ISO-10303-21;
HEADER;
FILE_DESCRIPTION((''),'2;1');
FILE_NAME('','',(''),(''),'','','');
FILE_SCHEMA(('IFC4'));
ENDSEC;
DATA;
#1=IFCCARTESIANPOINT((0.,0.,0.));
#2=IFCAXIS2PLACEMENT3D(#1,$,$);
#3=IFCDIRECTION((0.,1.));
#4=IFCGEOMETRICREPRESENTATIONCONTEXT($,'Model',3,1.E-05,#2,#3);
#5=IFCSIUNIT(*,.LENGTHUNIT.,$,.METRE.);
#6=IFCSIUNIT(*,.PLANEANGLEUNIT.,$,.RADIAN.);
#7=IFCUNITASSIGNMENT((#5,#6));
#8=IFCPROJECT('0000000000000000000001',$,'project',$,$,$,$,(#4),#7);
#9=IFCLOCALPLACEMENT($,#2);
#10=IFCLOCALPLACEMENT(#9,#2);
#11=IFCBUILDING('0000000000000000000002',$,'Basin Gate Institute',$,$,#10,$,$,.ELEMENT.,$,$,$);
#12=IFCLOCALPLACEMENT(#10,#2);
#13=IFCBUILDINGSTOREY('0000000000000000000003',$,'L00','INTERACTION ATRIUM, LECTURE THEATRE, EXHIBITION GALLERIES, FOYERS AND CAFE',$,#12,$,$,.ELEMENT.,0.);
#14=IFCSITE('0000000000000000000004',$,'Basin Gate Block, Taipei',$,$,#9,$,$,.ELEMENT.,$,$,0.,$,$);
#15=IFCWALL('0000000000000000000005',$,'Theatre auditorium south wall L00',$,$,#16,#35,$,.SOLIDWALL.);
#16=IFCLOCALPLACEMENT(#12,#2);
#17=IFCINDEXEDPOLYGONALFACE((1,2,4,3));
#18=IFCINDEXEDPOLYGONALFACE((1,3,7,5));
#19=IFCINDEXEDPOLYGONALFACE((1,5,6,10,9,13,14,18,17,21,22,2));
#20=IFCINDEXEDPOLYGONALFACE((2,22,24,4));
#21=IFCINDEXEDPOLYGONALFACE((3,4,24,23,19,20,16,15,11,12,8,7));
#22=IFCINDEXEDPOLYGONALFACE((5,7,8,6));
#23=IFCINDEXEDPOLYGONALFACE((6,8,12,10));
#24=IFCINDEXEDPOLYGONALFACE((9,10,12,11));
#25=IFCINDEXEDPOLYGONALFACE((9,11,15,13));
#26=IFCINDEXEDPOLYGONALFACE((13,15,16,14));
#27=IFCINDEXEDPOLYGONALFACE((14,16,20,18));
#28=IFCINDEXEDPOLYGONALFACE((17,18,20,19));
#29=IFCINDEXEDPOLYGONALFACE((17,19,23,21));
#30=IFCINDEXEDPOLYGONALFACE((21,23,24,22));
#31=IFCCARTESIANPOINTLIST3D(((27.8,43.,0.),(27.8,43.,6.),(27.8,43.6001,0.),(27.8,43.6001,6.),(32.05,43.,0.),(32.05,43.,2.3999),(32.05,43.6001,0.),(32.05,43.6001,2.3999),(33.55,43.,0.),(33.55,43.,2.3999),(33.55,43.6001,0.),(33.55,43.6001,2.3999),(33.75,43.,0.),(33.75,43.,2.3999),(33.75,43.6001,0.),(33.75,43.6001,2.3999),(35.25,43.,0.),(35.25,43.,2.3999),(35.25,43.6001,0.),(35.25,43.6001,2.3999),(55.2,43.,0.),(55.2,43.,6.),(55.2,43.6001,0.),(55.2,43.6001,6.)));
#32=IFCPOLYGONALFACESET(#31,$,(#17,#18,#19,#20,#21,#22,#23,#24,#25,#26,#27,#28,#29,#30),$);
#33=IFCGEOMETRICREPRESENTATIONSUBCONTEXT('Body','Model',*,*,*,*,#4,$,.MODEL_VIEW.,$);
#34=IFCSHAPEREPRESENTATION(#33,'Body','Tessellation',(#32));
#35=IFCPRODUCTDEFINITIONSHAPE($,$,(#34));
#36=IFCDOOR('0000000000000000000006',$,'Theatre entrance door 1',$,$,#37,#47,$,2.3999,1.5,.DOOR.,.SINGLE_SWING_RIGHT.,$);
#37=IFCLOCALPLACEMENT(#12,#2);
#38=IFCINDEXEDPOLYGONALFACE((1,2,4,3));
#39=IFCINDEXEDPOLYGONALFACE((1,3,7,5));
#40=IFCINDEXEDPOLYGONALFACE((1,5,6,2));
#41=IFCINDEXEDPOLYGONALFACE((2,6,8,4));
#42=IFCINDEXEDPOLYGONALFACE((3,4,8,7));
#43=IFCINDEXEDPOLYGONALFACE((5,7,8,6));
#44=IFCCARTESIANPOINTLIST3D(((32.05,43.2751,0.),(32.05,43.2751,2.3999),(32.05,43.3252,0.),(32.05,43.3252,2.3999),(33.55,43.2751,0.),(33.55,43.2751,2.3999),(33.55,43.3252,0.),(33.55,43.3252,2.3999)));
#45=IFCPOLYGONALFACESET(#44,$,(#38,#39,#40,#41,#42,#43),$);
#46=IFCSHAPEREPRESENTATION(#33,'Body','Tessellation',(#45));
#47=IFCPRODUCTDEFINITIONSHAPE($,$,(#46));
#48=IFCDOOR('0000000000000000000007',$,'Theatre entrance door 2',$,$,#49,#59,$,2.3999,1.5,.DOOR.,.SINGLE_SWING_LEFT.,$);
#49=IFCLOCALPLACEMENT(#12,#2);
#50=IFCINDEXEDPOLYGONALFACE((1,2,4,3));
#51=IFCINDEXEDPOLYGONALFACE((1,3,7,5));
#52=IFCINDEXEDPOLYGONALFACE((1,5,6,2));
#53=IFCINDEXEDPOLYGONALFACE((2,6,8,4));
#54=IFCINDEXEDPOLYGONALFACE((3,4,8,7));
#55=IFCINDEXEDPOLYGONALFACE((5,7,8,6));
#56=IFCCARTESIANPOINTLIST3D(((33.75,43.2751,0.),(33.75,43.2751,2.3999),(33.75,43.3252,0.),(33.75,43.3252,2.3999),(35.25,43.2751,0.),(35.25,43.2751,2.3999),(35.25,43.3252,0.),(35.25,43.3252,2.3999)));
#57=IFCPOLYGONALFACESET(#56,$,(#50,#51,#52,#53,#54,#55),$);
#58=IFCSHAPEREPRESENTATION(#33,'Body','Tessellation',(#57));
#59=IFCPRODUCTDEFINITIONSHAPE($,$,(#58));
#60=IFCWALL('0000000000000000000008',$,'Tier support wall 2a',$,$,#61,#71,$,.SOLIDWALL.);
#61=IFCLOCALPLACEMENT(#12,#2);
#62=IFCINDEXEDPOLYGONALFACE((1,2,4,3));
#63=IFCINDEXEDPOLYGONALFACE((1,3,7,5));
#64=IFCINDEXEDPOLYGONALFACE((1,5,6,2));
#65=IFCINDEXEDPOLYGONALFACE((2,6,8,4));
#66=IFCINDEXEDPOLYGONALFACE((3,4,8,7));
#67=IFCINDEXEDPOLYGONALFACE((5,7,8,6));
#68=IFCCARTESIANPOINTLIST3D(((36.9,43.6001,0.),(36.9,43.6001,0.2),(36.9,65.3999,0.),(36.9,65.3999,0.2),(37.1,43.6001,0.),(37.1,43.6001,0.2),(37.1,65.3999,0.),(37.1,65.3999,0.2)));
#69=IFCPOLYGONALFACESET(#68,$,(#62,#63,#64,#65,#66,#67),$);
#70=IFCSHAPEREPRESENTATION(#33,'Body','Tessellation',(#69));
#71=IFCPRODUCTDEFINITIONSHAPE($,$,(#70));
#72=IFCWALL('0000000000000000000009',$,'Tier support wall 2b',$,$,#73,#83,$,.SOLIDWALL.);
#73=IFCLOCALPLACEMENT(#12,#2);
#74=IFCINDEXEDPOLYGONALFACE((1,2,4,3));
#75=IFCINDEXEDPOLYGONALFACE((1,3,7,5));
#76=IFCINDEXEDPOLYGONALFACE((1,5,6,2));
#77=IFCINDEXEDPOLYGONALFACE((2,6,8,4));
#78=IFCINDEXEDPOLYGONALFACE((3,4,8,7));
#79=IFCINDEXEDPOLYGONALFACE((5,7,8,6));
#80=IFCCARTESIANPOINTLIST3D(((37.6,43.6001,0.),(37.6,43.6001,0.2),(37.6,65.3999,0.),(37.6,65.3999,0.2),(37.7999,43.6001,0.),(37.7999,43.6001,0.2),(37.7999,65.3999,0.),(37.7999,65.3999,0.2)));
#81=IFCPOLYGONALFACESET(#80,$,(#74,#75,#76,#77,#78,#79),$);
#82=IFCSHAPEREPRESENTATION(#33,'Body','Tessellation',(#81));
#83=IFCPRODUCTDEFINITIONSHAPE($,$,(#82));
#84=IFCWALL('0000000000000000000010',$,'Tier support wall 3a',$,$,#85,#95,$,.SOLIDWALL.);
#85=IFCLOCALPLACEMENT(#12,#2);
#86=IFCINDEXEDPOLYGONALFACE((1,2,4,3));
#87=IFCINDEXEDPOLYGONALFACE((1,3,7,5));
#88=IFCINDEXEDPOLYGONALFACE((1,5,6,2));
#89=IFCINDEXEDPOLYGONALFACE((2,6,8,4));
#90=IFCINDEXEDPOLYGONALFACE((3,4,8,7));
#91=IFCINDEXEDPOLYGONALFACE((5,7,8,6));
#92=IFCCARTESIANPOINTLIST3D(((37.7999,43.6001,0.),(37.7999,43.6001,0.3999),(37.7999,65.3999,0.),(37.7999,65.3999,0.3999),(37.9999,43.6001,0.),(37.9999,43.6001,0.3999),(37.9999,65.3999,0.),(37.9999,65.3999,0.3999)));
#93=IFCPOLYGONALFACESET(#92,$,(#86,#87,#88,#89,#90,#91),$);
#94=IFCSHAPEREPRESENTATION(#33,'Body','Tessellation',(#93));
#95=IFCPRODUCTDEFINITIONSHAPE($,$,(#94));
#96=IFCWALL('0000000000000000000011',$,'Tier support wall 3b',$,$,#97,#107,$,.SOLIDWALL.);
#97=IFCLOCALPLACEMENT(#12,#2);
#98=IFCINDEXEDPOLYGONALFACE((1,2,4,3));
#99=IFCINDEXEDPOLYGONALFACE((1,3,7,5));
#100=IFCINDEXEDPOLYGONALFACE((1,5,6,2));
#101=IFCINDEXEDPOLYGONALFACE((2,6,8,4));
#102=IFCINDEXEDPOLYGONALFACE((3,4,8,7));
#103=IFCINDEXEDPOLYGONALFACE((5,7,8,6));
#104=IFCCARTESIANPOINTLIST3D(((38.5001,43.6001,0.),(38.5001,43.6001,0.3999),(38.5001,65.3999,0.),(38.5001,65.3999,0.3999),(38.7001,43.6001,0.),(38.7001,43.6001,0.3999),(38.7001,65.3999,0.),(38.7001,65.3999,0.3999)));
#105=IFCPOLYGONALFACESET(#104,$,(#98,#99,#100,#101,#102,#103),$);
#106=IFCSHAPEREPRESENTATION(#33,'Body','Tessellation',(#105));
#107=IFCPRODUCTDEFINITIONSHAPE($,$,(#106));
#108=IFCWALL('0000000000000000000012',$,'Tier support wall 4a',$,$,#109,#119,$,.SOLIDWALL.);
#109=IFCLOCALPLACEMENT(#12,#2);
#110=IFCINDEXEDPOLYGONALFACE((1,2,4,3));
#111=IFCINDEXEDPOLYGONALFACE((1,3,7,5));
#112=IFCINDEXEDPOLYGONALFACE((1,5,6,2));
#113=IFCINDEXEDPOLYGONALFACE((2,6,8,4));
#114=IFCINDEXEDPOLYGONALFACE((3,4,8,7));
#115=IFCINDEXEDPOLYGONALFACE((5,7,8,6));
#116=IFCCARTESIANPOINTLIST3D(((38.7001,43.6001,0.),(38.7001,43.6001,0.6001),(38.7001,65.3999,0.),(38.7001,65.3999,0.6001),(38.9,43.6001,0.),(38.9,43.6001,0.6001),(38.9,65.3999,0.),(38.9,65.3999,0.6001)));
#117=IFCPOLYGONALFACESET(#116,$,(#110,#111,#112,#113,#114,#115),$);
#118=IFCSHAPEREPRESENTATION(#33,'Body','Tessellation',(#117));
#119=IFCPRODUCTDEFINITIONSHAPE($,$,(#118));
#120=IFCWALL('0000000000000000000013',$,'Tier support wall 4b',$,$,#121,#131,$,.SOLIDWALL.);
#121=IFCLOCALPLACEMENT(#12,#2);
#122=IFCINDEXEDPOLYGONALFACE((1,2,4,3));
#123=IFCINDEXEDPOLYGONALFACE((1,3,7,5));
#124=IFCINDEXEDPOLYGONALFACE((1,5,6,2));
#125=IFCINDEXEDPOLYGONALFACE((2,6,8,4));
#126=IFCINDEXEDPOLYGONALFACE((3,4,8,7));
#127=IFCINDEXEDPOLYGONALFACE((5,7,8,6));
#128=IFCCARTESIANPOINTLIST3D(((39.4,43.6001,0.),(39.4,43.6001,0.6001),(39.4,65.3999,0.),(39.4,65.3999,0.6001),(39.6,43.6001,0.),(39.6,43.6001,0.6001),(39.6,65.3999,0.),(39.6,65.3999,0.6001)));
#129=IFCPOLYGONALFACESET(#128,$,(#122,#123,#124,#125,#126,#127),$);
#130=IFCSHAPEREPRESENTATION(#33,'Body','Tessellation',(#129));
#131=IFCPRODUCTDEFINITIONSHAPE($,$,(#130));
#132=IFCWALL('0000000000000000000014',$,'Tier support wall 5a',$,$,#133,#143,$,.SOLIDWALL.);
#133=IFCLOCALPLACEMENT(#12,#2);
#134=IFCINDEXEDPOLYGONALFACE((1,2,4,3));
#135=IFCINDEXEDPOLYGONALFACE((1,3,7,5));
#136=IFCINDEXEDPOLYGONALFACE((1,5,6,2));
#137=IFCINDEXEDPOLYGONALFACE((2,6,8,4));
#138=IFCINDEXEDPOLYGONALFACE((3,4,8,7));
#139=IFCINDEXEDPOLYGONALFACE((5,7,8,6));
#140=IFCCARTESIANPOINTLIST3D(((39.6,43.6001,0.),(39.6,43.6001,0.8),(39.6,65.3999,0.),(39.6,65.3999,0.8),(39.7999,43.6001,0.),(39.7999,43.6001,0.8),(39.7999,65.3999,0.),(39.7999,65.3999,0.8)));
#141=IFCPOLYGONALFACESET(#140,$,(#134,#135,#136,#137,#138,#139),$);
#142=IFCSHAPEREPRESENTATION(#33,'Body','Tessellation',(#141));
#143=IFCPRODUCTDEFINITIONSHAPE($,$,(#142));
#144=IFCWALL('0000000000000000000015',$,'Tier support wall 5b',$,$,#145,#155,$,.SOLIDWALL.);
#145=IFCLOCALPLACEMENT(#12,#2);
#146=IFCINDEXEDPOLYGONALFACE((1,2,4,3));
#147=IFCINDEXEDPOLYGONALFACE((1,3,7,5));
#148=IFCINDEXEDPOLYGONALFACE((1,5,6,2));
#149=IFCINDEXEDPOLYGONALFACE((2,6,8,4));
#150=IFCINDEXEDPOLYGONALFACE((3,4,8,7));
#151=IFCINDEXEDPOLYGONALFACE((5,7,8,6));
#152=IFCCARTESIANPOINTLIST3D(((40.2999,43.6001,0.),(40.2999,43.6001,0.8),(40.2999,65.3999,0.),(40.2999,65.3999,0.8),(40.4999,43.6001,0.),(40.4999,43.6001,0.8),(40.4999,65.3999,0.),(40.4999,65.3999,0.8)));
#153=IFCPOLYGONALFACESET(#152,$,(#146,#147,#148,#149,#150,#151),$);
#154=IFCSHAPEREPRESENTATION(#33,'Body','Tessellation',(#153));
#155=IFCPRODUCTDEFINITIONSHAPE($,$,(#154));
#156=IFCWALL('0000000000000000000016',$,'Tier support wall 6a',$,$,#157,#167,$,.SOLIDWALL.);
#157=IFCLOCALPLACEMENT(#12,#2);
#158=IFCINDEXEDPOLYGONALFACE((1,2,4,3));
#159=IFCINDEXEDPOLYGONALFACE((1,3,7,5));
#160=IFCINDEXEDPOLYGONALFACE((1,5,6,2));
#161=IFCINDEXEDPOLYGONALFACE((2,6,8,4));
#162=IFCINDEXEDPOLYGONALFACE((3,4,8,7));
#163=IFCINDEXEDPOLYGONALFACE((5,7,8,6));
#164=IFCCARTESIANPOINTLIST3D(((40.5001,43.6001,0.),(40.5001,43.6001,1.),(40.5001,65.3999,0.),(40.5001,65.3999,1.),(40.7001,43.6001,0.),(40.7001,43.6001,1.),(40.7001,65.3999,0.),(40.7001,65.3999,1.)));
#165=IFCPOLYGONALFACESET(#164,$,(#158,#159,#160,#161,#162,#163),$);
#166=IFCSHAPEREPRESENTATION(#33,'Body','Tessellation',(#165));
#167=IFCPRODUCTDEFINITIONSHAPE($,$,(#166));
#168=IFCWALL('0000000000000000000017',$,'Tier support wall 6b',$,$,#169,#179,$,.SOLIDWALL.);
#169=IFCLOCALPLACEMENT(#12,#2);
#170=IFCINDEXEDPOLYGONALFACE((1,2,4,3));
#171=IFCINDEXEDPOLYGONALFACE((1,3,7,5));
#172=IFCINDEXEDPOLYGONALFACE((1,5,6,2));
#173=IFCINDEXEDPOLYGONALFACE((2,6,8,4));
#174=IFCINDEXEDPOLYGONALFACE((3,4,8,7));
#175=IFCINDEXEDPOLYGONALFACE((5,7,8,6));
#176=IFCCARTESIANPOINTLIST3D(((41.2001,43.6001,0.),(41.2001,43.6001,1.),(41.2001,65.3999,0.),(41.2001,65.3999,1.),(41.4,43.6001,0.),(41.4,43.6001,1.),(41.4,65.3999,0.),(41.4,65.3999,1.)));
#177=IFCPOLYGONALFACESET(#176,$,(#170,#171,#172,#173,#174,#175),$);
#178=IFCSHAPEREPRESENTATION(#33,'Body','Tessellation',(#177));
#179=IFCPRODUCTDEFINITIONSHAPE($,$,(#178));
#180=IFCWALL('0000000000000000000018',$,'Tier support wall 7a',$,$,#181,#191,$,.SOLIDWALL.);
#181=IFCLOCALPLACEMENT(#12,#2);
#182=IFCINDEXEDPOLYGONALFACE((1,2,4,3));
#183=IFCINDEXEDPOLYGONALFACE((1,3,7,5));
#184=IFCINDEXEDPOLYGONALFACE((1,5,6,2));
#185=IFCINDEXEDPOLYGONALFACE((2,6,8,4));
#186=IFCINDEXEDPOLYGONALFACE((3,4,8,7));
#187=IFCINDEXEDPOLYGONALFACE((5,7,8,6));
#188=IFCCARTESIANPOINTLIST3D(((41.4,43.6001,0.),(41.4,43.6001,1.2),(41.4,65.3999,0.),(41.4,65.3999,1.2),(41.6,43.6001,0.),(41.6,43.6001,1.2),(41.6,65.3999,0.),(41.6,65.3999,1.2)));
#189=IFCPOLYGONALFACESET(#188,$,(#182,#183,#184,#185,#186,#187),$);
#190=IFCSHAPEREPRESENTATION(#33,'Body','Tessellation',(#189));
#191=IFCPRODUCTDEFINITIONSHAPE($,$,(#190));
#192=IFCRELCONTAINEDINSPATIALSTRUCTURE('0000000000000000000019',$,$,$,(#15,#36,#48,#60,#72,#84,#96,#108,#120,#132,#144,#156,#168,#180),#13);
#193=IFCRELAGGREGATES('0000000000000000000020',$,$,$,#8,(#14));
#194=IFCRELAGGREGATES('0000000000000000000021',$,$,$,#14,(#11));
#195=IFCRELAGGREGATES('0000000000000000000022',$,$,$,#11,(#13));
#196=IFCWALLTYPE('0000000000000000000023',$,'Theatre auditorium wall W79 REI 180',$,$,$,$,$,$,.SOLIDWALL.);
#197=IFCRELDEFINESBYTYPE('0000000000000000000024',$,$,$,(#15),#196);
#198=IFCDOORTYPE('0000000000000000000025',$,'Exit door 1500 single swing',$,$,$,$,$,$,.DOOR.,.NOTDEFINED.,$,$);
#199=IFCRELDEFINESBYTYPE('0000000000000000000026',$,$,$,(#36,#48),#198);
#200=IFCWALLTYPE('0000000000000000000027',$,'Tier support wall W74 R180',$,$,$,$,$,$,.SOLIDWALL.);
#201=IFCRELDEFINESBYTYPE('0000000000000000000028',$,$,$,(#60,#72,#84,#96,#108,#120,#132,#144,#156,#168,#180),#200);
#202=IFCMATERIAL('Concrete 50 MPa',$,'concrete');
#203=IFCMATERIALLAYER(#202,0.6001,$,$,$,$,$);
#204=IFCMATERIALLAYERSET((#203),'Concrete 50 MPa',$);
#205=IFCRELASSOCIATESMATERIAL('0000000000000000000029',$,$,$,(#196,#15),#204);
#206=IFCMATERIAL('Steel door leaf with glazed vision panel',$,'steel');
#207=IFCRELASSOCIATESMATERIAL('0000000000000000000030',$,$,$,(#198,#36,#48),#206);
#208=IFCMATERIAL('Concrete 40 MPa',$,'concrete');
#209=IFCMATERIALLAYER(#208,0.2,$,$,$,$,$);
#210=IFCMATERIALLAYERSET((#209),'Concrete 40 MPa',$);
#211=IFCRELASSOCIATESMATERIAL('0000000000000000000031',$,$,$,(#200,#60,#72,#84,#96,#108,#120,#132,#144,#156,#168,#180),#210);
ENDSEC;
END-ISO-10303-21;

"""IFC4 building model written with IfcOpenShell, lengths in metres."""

from ifc_helpers import new_model, si_unit, direction, frame, frame_2d, origin, place, context, subcontext, project, spatial, rectangle, extrude, material, layer, layer_set, type_object, element, fill, save


model = new_model("IFC4")

# Units and contexts
model_context = context("Model", 3, precision=1e-05, world=origin(), true_north=direction((0.0, 1.0)))
body_context = subcontext(model_context, "Body", "Model", "MODEL_VIEW")
ifc_project = project(units=[si_unit("LENGTHUNIT", "METRE"), si_unit("PLANEANGLEUNIT", "RADIAN")], contexts=[model_context])

# Site, building, storey
site_placement = place(None, origin())
site = spatial("IfcSite", under=ifc_project, at=site_placement, Name="Basin Gate Block, Taipei", CompositionType="ELEMENT", RefElevation=0.0)
building_placement = place(site_placement, origin())
building = spatial("IfcBuilding", under=site, at=building_placement, Name="Basin Gate Institute", CompositionType="ELEMENT")
storey_placement = place(building_placement, origin())
storey = spatial("IfcBuildingStorey", under=building, at=storey_placement, Name="L00", Description="INTERACTION ATRIUM, LECTURE THEATRE, EXHIBITION GALLERIES, FOYERS AND CAFE", CompositionType="ELEMENT", Elevation=0.0)

# Wall, openings, doors
ifc_material_1 = material(Name="Concrete 50 MPa", Category="concrete")
ifc_layer_1 = layer(ifc_material_1, 0.6001)
ifc_layer_set_1 = layer_set([ifc_layer_1], Name="Concrete 50 MPa")
wall_type_1 = type_object("IfcWallType", Name="Theatre auditorium wall W79 REI 180", PredefinedType="SOLIDWALL", material=ifc_layer_set_1)
wall_1_placement = place(storey_placement, frame((27.8, 43.3, 0.0), z_axis=(0.0, 0.0, 1.0), x_axis=(1.0, 0.0, 0.0)))
wall_1 = element("IfcWall", 1, at=wall_1_placement, inside=storey, type_object=wall_type_1, material=ifc_layer_set_1, Name="Theatre auditorium south wall L00", PredefinedType="SOLIDWALL", context=body_context, shape_type="SweptSolid", body=[
    extrude(rectangle(XDim=27.3999, YDim=0.6001, at=frame_2d((13.7, 0.0))), origin(), (0.0, 0.0, 1.0), 6.0),
])
opening_1_placement = place(wall_1_placement, frame((4.25, 0.0, 0.0)))
opening_1 = element("IfcOpeningElement", 2, at=opening_1_placement, cuts=wall_1, PredefinedType="OPENING", context=body_context, shape_type="SweptSolid", body=[
    extrude(rectangle(XDim=1.5, YDim=2.3999, at=frame_2d((0.75, 1.2))), frame((0.0, 0.3101, 0.0), z_axis=(0.0, -1.0, 0.0), x_axis=(1.0, 0.0, 0.0)), (0.0, 0.0, 1.0), 0.6201),
])
opening_2_placement = place(wall_1_placement, frame((5.95, 0.0, 0.0)))
opening_2 = element("IfcOpeningElement", 3, at=opening_2_placement, cuts=wall_1, PredefinedType="OPENING", context=body_context, shape_type="SweptSolid", body=[
    extrude(rectangle(XDim=1.5, YDim=2.3999, at=frame_2d((0.75, 1.2))), frame((0.0, 0.3101, 0.0), z_axis=(0.0, -1.0, 0.0), x_axis=(1.0, 0.0, 0.0)), (0.0, 0.0, 1.0), 0.6201),
])
ifc_material_2 = material(Name="Steel door leaf with glazed vision panel", Category="steel")
door_type_1 = type_object("IfcDoorType", Name="Exit door 1500 single swing", OperationType="NOTDEFINED", PredefinedType="DOOR", material=ifc_material_2)
door_1_placement = place(opening_1_placement, frame((1.5, 0.0, 0.0), z_axis=(0.0, 0.0, 1.0), x_axis=(-1.0, 0.0, 0.0)))
door_1 = element("IfcDoor", 4, at=door_1_placement, inside=storey, type_object=door_type_1, material=ifc_material_2, Name="Theatre entrance door 1", OperationType="SINGLE_SWING_RIGHT", OverallHeight=2.3999, OverallWidth=1.5, PredefinedType="DOOR", context=body_context, shape_type="SweptSolid", body=[
    extrude(rectangle(XDim=1.5, YDim=2.3999, at=frame_2d((0.75, 1.2))), frame((0.0, 0.0249, 0.0), z_axis=(0.0, -1.0, 0.0), x_axis=(1.0, 0.0, 0.0)), (0.0, 0.0, 1.0), 0.05),
])
fill(opening_1, door_1)
door_2_placement = place(opening_2_placement, frame((1.5, 0.0, 0.0), z_axis=(0.0, 0.0, 1.0), x_axis=(-1.0, 0.0, 0.0)))
door_2 = element("IfcDoor", 5, at=door_2_placement, inside=storey, type_object=door_type_1, material=ifc_material_2, Name="Theatre entrance door 2", OperationType="SINGLE_SWING_LEFT", OverallHeight=2.3999, OverallWidth=1.5, PredefinedType="DOOR", context=body_context, shape_type="SweptSolid", body=[
    extrude(rectangle(XDim=1.5, YDim=2.3999, at=frame_2d((0.75, 1.2))), frame((0.0, 0.0249, 0.0), z_axis=(0.0, -1.0, 0.0), x_axis=(1.0, 0.0, 0.0)), (0.0, 0.0, 1.0), 0.05),
])
fill(opening_2, door_2)

# Walls
ifc_material_3 = material(Name="Concrete 40 MPa", Category="concrete")
ifc_layer_2 = layer(ifc_material_3, 0.2)
ifc_layer_set_2 = layer_set([ifc_layer_2], Name="Concrete 40 MPa")
wall_type_2 = type_object("IfcWallType", Name="Tier support wall W74 R180", PredefinedType="SOLIDWALL", material=ifc_layer_set_2)
for number, where, z_axis, x_axis, name in (
    (6, (37.0, 43.6001, 0.0), (0.0, 0.0, 1.0), (0.0, 1.0, 0.0), "Tier support wall 2a"),
    (7, (37.7, 43.6001, 0.0), (0.0, 0.0, 1.0), (0.0, 1.0, 0.0), "Tier support wall 2b"),
):
    element("IfcWall", number, at=place(storey_placement, frame(where, z_axis=z_axis, x_axis=x_axis)), inside=storey, type_object=wall_type_2, material=ifc_layer_set_2, Name=name, PredefinedType="SOLIDWALL", context=body_context, shape_type="SweptSolid", body=[
        extrude(rectangle(XDim=21.7998, YDim=0.2, at=frame_2d((10.8999, 0.0))), origin(), (0.0, 0.0, 1.0), 0.2),
    ])
for number, where, z_axis, x_axis, name in (
    (8, (37.8999, 43.6001, 0.0), (0.0, 0.0, 1.0), (0.0, 1.0, 0.0), "Tier support wall 3a"),
    (9, (38.6001, 43.6001, 0.0), (0.0, 0.0, 1.0), (0.0, 1.0, 0.0), "Tier support wall 3b"),
):
    element("IfcWall", number, at=place(storey_placement, frame(where, z_axis=z_axis, x_axis=x_axis)), inside=storey, type_object=wall_type_2, material=ifc_layer_set_2, Name=name, PredefinedType="SOLIDWALL", context=body_context, shape_type="SweptSolid", body=[
        extrude(rectangle(XDim=21.7998, YDim=0.2, at=frame_2d((10.8999, 0.0))), origin(), (0.0, 0.0, 1.0), 0.3999),
    ])
for number, where, z_axis, x_axis, name in (
    (10, (38.8, 43.6001, 0.0), (0.0, 0.0, 1.0), (0.0, 1.0, 0.0), "Tier support wall 4a"),
    (11, (39.5, 43.6001, 0.0), (0.0, 0.0, 1.0), (0.0, 1.0, 0.0), "Tier support wall 4b"),
):
    element("IfcWall", number, at=place(storey_placement, frame(where, z_axis=z_axis, x_axis=x_axis)), inside=storey, type_object=wall_type_2, material=ifc_layer_set_2, Name=name, PredefinedType="SOLIDWALL", context=body_context, shape_type="SweptSolid", body=[
        extrude(rectangle(XDim=21.7998, YDim=0.2, at=frame_2d((10.8999, 0.0))), origin(), (0.0, 0.0, 1.0), 0.6001),
    ])
for number, where, z_axis, x_axis, name in (
    (12, (39.7, 43.6001, 0.0), (0.0, 0.0, 1.0), (0.0, 1.0, 0.0), "Tier support wall 5a"),
    (13, (40.3999, 43.6001, 0.0), (0.0, 0.0, 1.0), (0.0, 1.0, 0.0), "Tier support wall 5b"),
):
    element("IfcWall", number, at=place(storey_placement, frame(where, z_axis=z_axis, x_axis=x_axis)), inside=storey, type_object=wall_type_2, material=ifc_layer_set_2, Name=name, PredefinedType="SOLIDWALL", context=body_context, shape_type="SweptSolid", body=[
        extrude(rectangle(XDim=21.7998, YDim=0.2, at=frame_2d((10.8999, 0.0))), origin(), (0.0, 0.0, 1.0), 0.8),
    ])
for number, where, z_axis, x_axis, name in (
    (14, (40.6001, 43.6001, 0.0), (0.0, 0.0, 1.0), (0.0, 1.0, 0.0), "Tier support wall 6a"),
    (15, (41.3, 43.6001, 0.0), (0.0, 0.0, 1.0), (0.0, 1.0, 0.0), "Tier support wall 6b"),
):
    element("IfcWall", number, at=place(storey_placement, frame(where, z_axis=z_axis, x_axis=x_axis)), inside=storey, type_object=wall_type_2, material=ifc_layer_set_2, Name=name, PredefinedType="SOLIDWALL", context=body_context, shape_type="SweptSolid", body=[
        extrude(rectangle(XDim=21.7998, YDim=0.2, at=frame_2d((10.8999, 0.0))), origin(), (0.0, 0.0, 1.0), 1.0),
    ])
for number, where, z_axis, x_axis, name in (
    (16, (41.5, 43.6001, 0.0), (0.0, 0.0, 1.0), (0.0, 1.0, 0.0), "Tier support wall 7a"),
):
    element("IfcWall", number, at=place(storey_placement, frame(where, z_axis=z_axis, x_axis=x_axis)), inside=storey, type_object=wall_type_2, material=ifc_layer_set_2, Name=name, PredefinedType="SOLIDWALL", context=body_context, shape_type="SweptSolid", body=[
        extrude(rectangle(XDim=21.7998, YDim=0.2, at=frame_2d((10.8999, 0.0))), origin(), (0.0, 0.0, 1.0), 1.2),
    ])

save(model, "model.ifc")
